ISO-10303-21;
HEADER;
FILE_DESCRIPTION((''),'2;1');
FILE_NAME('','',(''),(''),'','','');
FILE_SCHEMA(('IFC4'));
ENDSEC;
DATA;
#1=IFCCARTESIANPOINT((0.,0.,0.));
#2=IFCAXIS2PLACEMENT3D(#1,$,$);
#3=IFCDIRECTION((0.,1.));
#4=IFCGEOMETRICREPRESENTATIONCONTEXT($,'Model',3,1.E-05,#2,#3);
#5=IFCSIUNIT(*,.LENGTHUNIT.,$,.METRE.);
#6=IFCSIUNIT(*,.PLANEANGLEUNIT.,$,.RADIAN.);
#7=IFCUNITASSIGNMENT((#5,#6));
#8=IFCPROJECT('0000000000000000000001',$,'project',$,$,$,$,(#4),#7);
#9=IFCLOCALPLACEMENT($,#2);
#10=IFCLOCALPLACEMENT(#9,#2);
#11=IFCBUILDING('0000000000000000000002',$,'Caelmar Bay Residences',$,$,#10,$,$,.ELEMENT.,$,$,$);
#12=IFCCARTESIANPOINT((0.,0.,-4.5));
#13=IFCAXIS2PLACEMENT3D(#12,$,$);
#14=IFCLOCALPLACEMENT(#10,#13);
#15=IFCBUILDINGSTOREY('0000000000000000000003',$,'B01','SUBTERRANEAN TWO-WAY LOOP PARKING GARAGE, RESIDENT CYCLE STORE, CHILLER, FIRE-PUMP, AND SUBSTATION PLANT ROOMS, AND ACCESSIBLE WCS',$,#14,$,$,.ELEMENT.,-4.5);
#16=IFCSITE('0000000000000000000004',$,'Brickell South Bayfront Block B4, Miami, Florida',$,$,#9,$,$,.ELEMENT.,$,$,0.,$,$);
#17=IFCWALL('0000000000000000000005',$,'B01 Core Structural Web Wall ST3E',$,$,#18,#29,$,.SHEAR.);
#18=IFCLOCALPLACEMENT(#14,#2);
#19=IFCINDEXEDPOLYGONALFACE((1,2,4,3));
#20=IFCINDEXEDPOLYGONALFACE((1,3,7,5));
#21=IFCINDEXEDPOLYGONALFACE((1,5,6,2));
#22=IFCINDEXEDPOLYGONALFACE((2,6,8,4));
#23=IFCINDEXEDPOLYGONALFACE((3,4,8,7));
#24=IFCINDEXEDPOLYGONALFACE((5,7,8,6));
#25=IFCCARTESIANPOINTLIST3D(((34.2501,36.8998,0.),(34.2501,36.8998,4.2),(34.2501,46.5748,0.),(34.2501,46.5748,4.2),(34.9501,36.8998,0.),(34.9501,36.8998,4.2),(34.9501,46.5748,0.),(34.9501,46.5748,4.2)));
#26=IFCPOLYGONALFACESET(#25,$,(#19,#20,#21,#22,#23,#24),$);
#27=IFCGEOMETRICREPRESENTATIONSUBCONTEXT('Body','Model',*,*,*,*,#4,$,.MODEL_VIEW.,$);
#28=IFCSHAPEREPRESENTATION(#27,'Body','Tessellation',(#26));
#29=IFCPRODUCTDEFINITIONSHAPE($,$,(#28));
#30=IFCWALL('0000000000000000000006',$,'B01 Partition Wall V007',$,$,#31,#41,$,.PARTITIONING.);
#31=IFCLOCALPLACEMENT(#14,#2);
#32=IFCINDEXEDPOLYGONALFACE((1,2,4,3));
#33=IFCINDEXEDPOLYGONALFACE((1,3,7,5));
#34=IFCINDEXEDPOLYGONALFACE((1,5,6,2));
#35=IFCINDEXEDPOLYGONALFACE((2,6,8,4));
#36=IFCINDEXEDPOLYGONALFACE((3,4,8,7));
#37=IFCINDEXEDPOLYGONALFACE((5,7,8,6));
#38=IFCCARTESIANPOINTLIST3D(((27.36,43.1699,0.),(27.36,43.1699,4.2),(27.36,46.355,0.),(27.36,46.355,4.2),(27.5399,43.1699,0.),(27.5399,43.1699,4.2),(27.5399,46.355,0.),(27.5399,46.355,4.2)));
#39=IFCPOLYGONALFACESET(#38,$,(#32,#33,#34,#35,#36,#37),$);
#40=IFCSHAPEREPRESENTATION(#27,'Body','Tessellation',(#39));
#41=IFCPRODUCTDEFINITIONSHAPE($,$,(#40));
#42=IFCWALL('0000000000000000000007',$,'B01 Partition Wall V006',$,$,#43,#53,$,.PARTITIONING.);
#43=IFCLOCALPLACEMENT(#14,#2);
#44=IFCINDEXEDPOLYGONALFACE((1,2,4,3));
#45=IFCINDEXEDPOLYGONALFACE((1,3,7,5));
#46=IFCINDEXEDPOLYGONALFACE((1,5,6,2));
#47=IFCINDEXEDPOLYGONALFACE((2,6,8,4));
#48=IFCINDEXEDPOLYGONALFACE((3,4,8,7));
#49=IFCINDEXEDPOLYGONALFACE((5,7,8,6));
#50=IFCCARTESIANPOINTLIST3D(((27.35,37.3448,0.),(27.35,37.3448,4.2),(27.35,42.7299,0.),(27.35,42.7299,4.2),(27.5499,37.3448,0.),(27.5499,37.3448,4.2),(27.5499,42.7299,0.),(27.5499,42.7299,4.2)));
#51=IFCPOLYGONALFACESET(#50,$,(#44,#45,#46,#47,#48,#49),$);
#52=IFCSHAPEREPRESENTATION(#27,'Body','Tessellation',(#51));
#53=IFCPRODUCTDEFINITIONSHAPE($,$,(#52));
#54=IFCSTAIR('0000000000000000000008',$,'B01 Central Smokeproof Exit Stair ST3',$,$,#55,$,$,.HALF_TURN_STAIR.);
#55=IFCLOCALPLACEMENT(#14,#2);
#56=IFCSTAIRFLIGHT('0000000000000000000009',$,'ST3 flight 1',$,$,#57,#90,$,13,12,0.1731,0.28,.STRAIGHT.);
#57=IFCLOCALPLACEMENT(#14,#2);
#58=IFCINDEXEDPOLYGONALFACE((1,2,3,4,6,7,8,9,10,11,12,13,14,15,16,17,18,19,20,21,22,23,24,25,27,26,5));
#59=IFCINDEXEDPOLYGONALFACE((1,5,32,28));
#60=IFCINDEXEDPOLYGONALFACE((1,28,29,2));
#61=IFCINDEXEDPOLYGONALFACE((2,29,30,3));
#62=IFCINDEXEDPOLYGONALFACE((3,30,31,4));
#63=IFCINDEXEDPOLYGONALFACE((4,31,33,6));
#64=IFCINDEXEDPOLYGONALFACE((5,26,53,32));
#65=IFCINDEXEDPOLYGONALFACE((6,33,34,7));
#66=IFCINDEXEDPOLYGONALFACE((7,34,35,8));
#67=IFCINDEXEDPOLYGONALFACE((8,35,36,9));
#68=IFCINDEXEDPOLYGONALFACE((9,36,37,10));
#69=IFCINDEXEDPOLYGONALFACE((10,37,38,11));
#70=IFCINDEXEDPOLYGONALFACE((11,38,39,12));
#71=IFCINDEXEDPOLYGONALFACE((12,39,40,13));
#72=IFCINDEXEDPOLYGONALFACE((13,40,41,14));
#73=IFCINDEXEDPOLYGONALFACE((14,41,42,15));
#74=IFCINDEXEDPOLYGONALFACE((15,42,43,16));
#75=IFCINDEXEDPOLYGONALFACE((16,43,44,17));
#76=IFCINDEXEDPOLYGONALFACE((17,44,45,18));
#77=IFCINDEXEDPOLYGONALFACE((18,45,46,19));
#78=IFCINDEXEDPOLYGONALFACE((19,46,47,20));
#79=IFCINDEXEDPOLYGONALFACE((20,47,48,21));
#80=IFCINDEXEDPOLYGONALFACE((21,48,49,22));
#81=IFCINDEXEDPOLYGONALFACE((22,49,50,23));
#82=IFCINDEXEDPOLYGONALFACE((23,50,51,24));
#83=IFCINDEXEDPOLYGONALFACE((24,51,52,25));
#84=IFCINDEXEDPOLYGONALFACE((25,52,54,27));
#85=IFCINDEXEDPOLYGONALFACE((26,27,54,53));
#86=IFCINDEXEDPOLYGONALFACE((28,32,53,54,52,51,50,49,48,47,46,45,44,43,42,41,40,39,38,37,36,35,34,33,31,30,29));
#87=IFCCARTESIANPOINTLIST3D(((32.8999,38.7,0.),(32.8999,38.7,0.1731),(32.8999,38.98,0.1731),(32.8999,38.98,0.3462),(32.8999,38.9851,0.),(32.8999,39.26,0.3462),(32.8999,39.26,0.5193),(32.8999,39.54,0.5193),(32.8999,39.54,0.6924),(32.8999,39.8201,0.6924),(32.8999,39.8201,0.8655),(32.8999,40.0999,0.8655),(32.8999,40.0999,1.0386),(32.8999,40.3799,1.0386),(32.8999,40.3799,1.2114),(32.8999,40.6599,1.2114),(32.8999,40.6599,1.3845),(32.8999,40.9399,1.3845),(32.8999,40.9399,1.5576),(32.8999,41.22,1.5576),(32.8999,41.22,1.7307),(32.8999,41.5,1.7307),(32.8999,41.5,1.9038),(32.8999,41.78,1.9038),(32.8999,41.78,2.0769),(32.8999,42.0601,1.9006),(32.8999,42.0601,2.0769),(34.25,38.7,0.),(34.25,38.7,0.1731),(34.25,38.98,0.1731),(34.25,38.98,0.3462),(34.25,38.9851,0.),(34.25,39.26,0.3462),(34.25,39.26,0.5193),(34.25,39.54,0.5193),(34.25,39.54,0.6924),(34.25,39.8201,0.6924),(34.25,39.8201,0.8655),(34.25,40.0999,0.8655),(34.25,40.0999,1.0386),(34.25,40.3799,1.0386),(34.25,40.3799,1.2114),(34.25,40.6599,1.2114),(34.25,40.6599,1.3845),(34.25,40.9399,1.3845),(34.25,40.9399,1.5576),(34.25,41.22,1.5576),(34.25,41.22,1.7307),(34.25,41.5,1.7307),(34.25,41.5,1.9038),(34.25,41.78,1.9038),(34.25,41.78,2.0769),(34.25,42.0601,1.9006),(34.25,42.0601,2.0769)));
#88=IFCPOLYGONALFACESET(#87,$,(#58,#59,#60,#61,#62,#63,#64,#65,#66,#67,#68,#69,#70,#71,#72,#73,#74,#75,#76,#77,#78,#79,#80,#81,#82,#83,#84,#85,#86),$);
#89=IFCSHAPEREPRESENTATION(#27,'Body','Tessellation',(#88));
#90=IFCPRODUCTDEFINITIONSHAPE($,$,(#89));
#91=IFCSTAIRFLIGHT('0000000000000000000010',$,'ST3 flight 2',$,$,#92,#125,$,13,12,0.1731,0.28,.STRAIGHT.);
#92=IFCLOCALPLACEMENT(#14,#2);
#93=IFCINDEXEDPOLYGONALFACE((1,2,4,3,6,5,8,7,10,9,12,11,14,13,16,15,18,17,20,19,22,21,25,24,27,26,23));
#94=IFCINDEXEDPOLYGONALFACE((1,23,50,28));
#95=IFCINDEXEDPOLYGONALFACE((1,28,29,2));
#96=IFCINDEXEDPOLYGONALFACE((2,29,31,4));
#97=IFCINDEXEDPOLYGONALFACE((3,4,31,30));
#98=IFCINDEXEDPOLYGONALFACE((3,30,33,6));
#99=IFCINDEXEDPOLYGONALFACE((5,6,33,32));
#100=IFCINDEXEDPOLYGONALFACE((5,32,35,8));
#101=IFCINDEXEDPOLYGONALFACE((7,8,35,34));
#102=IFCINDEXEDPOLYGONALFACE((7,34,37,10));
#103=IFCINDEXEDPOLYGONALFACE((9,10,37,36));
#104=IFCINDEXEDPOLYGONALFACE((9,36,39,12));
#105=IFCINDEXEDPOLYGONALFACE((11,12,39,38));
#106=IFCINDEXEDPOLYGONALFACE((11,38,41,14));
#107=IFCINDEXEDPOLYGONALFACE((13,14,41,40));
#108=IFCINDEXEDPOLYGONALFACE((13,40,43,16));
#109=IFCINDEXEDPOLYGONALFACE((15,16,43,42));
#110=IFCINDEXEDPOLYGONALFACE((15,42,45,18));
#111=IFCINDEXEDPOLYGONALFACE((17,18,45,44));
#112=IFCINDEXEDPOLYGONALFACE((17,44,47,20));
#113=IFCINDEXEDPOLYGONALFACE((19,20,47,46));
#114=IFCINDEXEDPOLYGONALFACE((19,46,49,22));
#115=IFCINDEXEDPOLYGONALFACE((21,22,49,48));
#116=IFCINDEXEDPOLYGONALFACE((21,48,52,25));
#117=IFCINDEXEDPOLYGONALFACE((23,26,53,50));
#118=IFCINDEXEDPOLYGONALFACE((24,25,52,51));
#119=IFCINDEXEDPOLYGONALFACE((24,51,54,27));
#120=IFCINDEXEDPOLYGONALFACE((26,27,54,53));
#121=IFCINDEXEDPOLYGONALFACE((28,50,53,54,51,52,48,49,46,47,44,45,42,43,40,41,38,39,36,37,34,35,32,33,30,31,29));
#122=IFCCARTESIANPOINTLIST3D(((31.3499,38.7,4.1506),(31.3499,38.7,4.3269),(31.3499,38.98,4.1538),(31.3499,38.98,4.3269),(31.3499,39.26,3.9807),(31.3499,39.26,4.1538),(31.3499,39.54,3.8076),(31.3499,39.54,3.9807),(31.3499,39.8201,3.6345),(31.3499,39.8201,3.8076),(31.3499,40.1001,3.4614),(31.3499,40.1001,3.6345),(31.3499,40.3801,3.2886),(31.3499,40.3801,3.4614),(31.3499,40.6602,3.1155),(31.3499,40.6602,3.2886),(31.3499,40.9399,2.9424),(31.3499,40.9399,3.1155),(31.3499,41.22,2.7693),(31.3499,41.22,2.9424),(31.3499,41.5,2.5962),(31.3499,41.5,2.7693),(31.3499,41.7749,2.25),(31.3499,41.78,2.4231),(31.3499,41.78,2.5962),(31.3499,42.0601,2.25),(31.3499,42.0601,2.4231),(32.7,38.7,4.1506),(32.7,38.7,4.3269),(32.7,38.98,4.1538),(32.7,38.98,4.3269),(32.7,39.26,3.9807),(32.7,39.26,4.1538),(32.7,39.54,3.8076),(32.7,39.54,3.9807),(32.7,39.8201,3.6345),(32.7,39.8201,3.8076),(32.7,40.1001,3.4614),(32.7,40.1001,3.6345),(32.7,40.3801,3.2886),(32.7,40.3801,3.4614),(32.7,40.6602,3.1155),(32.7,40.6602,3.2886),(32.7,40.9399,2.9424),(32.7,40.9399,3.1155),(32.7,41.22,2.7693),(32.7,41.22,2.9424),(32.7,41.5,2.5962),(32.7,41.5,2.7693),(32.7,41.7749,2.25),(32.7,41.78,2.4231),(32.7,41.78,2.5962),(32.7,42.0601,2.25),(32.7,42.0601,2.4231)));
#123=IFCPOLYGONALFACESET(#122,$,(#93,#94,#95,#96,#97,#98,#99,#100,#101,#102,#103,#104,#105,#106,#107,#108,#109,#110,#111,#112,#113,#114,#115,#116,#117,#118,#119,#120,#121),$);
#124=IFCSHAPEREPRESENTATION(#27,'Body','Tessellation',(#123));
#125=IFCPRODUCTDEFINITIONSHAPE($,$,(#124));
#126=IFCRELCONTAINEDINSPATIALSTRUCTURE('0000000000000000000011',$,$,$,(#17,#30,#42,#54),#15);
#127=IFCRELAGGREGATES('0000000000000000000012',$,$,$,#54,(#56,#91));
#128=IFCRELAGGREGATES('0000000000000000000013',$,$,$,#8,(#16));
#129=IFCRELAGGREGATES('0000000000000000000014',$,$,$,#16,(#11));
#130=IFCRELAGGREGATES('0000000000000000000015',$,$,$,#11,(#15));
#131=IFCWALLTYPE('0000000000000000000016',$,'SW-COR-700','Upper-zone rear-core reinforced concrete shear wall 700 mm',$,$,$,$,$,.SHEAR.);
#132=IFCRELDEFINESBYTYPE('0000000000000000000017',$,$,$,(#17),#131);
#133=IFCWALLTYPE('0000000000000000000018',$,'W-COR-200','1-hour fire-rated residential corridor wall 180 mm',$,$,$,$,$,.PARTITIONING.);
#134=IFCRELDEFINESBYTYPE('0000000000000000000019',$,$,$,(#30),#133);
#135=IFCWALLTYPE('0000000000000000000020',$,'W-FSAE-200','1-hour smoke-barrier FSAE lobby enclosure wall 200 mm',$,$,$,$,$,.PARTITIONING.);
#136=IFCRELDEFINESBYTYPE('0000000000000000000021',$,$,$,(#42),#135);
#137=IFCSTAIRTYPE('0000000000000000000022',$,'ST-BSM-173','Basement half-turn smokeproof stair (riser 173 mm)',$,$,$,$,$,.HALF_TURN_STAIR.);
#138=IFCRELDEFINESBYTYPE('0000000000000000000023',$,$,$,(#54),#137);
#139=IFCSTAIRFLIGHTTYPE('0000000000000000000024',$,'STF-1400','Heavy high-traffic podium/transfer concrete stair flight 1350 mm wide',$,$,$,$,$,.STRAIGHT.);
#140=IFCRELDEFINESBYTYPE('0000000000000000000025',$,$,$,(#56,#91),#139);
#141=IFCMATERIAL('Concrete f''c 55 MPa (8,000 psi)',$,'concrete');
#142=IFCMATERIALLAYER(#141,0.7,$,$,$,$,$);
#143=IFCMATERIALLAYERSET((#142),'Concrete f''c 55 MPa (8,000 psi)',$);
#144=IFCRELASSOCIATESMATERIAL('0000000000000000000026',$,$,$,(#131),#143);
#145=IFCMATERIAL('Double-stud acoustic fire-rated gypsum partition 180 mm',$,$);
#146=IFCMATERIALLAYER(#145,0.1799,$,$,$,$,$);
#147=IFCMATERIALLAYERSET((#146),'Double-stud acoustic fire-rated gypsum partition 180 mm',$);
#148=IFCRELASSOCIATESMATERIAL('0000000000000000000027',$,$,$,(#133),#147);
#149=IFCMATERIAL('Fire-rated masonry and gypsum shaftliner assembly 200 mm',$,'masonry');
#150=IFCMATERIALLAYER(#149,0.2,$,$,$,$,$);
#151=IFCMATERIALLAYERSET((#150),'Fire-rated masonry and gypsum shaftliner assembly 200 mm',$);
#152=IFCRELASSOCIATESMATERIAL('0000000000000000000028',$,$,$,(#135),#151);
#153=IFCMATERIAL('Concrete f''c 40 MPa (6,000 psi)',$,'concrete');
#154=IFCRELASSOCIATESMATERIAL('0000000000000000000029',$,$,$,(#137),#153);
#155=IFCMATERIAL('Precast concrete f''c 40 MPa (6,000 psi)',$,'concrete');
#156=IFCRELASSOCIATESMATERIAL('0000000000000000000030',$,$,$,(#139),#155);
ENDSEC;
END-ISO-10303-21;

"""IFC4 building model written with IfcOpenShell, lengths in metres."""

from ifc_helpers import new_model, si_unit, direction, frame, frame_2d, origin, place, context, subcontext, project, spatial, polyline, rectangle, outline, extrude, material, layer, layer_set, type_object, element, aggregate, save


model = new_model("IFC4")

# Units and contexts
model_context = context("Model", 3, precision=1e-05, world=origin(), true_north=direction((0.0, 1.0)))
body_context = subcontext(model_context, "Body", "Model", "MODEL_VIEW")
ifc_project = project(units=[si_unit("LENGTHUNIT", "METRE"), si_unit("PLANEANGLEUNIT", "RADIAN")], contexts=[model_context])

# Site, building, storey
site_placement = place(None, origin())
site = spatial("IfcSite", under=ifc_project, at=site_placement, Name="Brickell South Bayfront Block B4, Miami, Florida", CompositionType="ELEMENT", RefElevation=0.0)
building_placement = place(site_placement, origin())
building = spatial("IfcBuilding", under=site, at=building_placement, Name="Caelmar Bay Residences", CompositionType="ELEMENT")
storey_placement = place(building_placement, frame((0.0, 0.0, -4.5)))
storey = spatial("IfcBuildingStorey", under=building, at=storey_placement, Name="B01", Description="SUBTERRANEAN TWO-WAY LOOP PARKING GARAGE, RESIDENT CYCLE STORE, CHILLER, FIRE-PUMP, AND SUBSTATION PLANT ROOMS, AND ACCESSIBLE WCS", CompositionType="ELEMENT", Elevation=-4.5)

# Walls
ifc_material_1 = material(Name="Concrete f'c 55 MPa (8,000 psi)", Category="concrete")
ifc_layer_1 = layer(ifc_material_1, 0.7)
ifc_layer_set_1 = layer_set([ifc_layer_1], Name="Concrete f'c 55 MPa (8,000 psi)")
wall_type_1 = type_object("IfcWallType", Name="SW-COR-700", Description="Upper-zone rear-core reinforced concrete shear wall 700 mm", PredefinedType="SHEAR", material=ifc_layer_set_1)
wall_1_placement = place(storey_placement, frame((34.6001, 36.8999, 0.0), z_axis=(0.0, 0.0, 1.0), x_axis=(0.0, 1.0, 0.0)))
element("IfcWall", 1, at=wall_1_placement, inside=storey, type_object=wall_type_1, Name="B01 Core Structural Web Wall ST3E", PredefinedType="SHEAR", context=body_context, shape_type="SweptSolid", body=[
    extrude(rectangle(XDim=9.675, YDim=0.7, at=frame_2d((4.8374, 0.0))), origin(), (0.0, 0.0, 1.0), 4.2),
])
ifc_material_2 = material(Name="Double-stud acoustic fire-rated gypsum partition 180 mm")
ifc_layer_2 = layer(ifc_material_2, 0.1799)
ifc_layer_set_2 = layer_set([ifc_layer_2], Name="Double-stud acoustic fire-rated gypsum partition 180 mm")
wall_type_2 = type_object("IfcWallType", Name="W-COR-200", Description="1-hour fire-rated residential corridor wall 180 mm", PredefinedType="PARTITIONING", material=ifc_layer_set_2)
wall_2_placement = place(storey_placement, frame((27.45, 43.1699, 0.0), z_axis=(0.0, 0.0, 1.0), x_axis=(0.0, 1.0, 0.0)))
element("IfcWall", 2, at=wall_2_placement, inside=storey, type_object=wall_type_2, Name="B01 Partition Wall V007", PredefinedType="PARTITIONING", context=body_context, shape_type="SweptSolid", body=[
    extrude(rectangle(XDim=3.1851, YDim=0.1799, at=frame_2d((1.5925, 0.0))), origin(), (0.0, 0.0, 1.0), 4.2),
])
ifc_material_3 = material(Name="Fire-rated masonry and gypsum shaftliner assembly 200 mm", Category="masonry")
ifc_layer_3 = layer(ifc_material_3, 0.2)
ifc_layer_set_3 = layer_set([ifc_layer_3], Name="Fire-rated masonry and gypsum shaftliner assembly 200 mm")
wall_type_3 = type_object("IfcWallType", Name="W-FSAE-200", Description="1-hour smoke-barrier FSAE lobby enclosure wall 200 mm", PredefinedType="PARTITIONING", material=ifc_layer_set_3)
wall_3_placement = place(storey_placement, frame((27.45, 37.345, 0.0), z_axis=(0.0, 0.0, 1.0), x_axis=(0.0, 1.0, 0.0)))
element("IfcWall", 3, at=wall_3_placement, inside=storey, type_object=wall_type_3, Name="B01 Partition Wall V006", PredefinedType="PARTITIONING", context=body_context, shape_type="SweptSolid", body=[
    extrude(rectangle(XDim=5.385, YDim=0.2, at=frame_2d((2.6924, 0.0))), origin(), (0.0, 0.0, 1.0), 4.2),
])

# Stair, stair flights
ifc_material_4 = material(Name="Concrete f'c 40 MPa (6,000 psi)", Category="concrete")
stair_type = type_object("IfcStairType", Name="ST-BSM-173", Description="Basement half-turn smokeproof stair (riser 173 mm)", PredefinedType="HALF_TURN_STAIR", material=ifc_material_4)
stair_placement = place(storey_placement, origin())
stair = element("IfcStair", 4, at=stair_placement, inside=storey, type_object=stair_type, Name="B01 Central Smokeproof Exit Stair ST3", PredefinedType="HALF_TURN_STAIR")
ifc_material_5 = material(Name="Precast concrete f'c 40 MPa (6,000 psi)", Category="concrete")
stair_flight_type = type_object("IfcStairFlightType", Name="STF-1400", Description="Heavy high-traffic podium/transfer concrete stair flight 1350 mm wide", PredefinedType="STRAIGHT", material=ifc_material_5)
stair_flight_1_placement = place(storey_placement, frame((33.575, 38.7, 0.0), z_axis=(0.0, 0.0, 1.0), x_axis=(0.0, 1.0, 0.0)))
stair_flight_1 = element("IfcStairFlight", 5, at=stair_flight_1_placement, type_object=stair_flight_type, Name="ST3 flight 1", NumberOfRisers=13, NumberOfTreads=12, PredefinedType="STRAIGHT", RiserHeight=0.1731, TreadLength=0.28, context=body_context, shape_type="SweptSolid", body=[
    extrude(outline(polyline([(0.0, 0.0), (0.0, 0.1731), (0.28, 0.1731), (0.28, 0.3462), (0.5601, 0.3462), (0.5601, 0.5193), (0.8401, 0.5193), (0.8401, 0.6924), (1.1201, 0.6924), (1.1201, 0.8655), (1.3999, 0.8655), (1.3999, 1.0386), (1.6799, 1.0386), (1.6799, 1.2114), (1.96, 1.2114), (1.96, 1.3845), (2.24, 1.3845), (2.24, 1.5576), (2.52, 1.5576), (2.52, 1.7307), (2.8, 1.7307), (2.8, 1.9038), (3.0801, 1.9038), (3.0801, 2.0769), (3.3601, 2.0769), (3.3601, 2.25), (3.3601, 1.9006), (0.2852, 0.0), (0.0, 0.0)])), frame((0.0, 0.675, 0.0), z_axis=(0.0, -1.0, 0.0), x_axis=(1.0, 0.0, 0.0)), (0.0, 0.0, 1.0), 1.3501),
])
stair_flight_2_placement = place(storey_placement, frame((32.0249, 42.0601, 2.25), z_axis=(0.0, 0.0, 1.0), x_axis=(0.0, -1.0, 0.0)))
stair_flight_2 = element("IfcStairFlight", 6, at=stair_flight_2_placement, type_object=stair_flight_type, Name="ST3 flight 2", NumberOfRisers=13, NumberOfTreads=12, PredefinedType="STRAIGHT", RiserHeight=0.1731, TreadLength=0.28, context=body_context, shape_type="SweptSolid", body=[
    extrude(outline(polyline([(0.0, 0.0), (0.0, 0.1731), (0.28, 0.1731), (0.28, 0.3462), (0.5601, 0.3462), (0.5601, 0.5193), (0.8401, 0.5193), (0.8401, 0.6924), (1.1201, 0.6924), (1.1201, 0.8655), (1.3999, 0.8655), (1.3999, 1.0386), (1.6799, 1.0386), (1.6799, 1.2114), (1.96, 1.2114), (1.96, 1.3845), (2.24, 1.3845), (2.24, 1.5576), (2.52, 1.5576), (2.52, 1.7307), (2.8, 1.7307), (2.8, 1.9038), (3.0801, 1.9038), (3.0801, 2.0769), (3.3601, 2.0769), (3.3601, 2.25), (3.3601, 1.9006), (0.2852, 0.0), (0.0, 0.0)])), frame((0.0, 0.675, 0.0), z_axis=(0.0, -1.0, 0.0), x_axis=(1.0, 0.0, 0.0)), (0.0, 0.0, 1.0), 1.3501),
])
aggregate(stair, [stair_flight_1, stair_flight_2])

save(model, "model.ifc")
